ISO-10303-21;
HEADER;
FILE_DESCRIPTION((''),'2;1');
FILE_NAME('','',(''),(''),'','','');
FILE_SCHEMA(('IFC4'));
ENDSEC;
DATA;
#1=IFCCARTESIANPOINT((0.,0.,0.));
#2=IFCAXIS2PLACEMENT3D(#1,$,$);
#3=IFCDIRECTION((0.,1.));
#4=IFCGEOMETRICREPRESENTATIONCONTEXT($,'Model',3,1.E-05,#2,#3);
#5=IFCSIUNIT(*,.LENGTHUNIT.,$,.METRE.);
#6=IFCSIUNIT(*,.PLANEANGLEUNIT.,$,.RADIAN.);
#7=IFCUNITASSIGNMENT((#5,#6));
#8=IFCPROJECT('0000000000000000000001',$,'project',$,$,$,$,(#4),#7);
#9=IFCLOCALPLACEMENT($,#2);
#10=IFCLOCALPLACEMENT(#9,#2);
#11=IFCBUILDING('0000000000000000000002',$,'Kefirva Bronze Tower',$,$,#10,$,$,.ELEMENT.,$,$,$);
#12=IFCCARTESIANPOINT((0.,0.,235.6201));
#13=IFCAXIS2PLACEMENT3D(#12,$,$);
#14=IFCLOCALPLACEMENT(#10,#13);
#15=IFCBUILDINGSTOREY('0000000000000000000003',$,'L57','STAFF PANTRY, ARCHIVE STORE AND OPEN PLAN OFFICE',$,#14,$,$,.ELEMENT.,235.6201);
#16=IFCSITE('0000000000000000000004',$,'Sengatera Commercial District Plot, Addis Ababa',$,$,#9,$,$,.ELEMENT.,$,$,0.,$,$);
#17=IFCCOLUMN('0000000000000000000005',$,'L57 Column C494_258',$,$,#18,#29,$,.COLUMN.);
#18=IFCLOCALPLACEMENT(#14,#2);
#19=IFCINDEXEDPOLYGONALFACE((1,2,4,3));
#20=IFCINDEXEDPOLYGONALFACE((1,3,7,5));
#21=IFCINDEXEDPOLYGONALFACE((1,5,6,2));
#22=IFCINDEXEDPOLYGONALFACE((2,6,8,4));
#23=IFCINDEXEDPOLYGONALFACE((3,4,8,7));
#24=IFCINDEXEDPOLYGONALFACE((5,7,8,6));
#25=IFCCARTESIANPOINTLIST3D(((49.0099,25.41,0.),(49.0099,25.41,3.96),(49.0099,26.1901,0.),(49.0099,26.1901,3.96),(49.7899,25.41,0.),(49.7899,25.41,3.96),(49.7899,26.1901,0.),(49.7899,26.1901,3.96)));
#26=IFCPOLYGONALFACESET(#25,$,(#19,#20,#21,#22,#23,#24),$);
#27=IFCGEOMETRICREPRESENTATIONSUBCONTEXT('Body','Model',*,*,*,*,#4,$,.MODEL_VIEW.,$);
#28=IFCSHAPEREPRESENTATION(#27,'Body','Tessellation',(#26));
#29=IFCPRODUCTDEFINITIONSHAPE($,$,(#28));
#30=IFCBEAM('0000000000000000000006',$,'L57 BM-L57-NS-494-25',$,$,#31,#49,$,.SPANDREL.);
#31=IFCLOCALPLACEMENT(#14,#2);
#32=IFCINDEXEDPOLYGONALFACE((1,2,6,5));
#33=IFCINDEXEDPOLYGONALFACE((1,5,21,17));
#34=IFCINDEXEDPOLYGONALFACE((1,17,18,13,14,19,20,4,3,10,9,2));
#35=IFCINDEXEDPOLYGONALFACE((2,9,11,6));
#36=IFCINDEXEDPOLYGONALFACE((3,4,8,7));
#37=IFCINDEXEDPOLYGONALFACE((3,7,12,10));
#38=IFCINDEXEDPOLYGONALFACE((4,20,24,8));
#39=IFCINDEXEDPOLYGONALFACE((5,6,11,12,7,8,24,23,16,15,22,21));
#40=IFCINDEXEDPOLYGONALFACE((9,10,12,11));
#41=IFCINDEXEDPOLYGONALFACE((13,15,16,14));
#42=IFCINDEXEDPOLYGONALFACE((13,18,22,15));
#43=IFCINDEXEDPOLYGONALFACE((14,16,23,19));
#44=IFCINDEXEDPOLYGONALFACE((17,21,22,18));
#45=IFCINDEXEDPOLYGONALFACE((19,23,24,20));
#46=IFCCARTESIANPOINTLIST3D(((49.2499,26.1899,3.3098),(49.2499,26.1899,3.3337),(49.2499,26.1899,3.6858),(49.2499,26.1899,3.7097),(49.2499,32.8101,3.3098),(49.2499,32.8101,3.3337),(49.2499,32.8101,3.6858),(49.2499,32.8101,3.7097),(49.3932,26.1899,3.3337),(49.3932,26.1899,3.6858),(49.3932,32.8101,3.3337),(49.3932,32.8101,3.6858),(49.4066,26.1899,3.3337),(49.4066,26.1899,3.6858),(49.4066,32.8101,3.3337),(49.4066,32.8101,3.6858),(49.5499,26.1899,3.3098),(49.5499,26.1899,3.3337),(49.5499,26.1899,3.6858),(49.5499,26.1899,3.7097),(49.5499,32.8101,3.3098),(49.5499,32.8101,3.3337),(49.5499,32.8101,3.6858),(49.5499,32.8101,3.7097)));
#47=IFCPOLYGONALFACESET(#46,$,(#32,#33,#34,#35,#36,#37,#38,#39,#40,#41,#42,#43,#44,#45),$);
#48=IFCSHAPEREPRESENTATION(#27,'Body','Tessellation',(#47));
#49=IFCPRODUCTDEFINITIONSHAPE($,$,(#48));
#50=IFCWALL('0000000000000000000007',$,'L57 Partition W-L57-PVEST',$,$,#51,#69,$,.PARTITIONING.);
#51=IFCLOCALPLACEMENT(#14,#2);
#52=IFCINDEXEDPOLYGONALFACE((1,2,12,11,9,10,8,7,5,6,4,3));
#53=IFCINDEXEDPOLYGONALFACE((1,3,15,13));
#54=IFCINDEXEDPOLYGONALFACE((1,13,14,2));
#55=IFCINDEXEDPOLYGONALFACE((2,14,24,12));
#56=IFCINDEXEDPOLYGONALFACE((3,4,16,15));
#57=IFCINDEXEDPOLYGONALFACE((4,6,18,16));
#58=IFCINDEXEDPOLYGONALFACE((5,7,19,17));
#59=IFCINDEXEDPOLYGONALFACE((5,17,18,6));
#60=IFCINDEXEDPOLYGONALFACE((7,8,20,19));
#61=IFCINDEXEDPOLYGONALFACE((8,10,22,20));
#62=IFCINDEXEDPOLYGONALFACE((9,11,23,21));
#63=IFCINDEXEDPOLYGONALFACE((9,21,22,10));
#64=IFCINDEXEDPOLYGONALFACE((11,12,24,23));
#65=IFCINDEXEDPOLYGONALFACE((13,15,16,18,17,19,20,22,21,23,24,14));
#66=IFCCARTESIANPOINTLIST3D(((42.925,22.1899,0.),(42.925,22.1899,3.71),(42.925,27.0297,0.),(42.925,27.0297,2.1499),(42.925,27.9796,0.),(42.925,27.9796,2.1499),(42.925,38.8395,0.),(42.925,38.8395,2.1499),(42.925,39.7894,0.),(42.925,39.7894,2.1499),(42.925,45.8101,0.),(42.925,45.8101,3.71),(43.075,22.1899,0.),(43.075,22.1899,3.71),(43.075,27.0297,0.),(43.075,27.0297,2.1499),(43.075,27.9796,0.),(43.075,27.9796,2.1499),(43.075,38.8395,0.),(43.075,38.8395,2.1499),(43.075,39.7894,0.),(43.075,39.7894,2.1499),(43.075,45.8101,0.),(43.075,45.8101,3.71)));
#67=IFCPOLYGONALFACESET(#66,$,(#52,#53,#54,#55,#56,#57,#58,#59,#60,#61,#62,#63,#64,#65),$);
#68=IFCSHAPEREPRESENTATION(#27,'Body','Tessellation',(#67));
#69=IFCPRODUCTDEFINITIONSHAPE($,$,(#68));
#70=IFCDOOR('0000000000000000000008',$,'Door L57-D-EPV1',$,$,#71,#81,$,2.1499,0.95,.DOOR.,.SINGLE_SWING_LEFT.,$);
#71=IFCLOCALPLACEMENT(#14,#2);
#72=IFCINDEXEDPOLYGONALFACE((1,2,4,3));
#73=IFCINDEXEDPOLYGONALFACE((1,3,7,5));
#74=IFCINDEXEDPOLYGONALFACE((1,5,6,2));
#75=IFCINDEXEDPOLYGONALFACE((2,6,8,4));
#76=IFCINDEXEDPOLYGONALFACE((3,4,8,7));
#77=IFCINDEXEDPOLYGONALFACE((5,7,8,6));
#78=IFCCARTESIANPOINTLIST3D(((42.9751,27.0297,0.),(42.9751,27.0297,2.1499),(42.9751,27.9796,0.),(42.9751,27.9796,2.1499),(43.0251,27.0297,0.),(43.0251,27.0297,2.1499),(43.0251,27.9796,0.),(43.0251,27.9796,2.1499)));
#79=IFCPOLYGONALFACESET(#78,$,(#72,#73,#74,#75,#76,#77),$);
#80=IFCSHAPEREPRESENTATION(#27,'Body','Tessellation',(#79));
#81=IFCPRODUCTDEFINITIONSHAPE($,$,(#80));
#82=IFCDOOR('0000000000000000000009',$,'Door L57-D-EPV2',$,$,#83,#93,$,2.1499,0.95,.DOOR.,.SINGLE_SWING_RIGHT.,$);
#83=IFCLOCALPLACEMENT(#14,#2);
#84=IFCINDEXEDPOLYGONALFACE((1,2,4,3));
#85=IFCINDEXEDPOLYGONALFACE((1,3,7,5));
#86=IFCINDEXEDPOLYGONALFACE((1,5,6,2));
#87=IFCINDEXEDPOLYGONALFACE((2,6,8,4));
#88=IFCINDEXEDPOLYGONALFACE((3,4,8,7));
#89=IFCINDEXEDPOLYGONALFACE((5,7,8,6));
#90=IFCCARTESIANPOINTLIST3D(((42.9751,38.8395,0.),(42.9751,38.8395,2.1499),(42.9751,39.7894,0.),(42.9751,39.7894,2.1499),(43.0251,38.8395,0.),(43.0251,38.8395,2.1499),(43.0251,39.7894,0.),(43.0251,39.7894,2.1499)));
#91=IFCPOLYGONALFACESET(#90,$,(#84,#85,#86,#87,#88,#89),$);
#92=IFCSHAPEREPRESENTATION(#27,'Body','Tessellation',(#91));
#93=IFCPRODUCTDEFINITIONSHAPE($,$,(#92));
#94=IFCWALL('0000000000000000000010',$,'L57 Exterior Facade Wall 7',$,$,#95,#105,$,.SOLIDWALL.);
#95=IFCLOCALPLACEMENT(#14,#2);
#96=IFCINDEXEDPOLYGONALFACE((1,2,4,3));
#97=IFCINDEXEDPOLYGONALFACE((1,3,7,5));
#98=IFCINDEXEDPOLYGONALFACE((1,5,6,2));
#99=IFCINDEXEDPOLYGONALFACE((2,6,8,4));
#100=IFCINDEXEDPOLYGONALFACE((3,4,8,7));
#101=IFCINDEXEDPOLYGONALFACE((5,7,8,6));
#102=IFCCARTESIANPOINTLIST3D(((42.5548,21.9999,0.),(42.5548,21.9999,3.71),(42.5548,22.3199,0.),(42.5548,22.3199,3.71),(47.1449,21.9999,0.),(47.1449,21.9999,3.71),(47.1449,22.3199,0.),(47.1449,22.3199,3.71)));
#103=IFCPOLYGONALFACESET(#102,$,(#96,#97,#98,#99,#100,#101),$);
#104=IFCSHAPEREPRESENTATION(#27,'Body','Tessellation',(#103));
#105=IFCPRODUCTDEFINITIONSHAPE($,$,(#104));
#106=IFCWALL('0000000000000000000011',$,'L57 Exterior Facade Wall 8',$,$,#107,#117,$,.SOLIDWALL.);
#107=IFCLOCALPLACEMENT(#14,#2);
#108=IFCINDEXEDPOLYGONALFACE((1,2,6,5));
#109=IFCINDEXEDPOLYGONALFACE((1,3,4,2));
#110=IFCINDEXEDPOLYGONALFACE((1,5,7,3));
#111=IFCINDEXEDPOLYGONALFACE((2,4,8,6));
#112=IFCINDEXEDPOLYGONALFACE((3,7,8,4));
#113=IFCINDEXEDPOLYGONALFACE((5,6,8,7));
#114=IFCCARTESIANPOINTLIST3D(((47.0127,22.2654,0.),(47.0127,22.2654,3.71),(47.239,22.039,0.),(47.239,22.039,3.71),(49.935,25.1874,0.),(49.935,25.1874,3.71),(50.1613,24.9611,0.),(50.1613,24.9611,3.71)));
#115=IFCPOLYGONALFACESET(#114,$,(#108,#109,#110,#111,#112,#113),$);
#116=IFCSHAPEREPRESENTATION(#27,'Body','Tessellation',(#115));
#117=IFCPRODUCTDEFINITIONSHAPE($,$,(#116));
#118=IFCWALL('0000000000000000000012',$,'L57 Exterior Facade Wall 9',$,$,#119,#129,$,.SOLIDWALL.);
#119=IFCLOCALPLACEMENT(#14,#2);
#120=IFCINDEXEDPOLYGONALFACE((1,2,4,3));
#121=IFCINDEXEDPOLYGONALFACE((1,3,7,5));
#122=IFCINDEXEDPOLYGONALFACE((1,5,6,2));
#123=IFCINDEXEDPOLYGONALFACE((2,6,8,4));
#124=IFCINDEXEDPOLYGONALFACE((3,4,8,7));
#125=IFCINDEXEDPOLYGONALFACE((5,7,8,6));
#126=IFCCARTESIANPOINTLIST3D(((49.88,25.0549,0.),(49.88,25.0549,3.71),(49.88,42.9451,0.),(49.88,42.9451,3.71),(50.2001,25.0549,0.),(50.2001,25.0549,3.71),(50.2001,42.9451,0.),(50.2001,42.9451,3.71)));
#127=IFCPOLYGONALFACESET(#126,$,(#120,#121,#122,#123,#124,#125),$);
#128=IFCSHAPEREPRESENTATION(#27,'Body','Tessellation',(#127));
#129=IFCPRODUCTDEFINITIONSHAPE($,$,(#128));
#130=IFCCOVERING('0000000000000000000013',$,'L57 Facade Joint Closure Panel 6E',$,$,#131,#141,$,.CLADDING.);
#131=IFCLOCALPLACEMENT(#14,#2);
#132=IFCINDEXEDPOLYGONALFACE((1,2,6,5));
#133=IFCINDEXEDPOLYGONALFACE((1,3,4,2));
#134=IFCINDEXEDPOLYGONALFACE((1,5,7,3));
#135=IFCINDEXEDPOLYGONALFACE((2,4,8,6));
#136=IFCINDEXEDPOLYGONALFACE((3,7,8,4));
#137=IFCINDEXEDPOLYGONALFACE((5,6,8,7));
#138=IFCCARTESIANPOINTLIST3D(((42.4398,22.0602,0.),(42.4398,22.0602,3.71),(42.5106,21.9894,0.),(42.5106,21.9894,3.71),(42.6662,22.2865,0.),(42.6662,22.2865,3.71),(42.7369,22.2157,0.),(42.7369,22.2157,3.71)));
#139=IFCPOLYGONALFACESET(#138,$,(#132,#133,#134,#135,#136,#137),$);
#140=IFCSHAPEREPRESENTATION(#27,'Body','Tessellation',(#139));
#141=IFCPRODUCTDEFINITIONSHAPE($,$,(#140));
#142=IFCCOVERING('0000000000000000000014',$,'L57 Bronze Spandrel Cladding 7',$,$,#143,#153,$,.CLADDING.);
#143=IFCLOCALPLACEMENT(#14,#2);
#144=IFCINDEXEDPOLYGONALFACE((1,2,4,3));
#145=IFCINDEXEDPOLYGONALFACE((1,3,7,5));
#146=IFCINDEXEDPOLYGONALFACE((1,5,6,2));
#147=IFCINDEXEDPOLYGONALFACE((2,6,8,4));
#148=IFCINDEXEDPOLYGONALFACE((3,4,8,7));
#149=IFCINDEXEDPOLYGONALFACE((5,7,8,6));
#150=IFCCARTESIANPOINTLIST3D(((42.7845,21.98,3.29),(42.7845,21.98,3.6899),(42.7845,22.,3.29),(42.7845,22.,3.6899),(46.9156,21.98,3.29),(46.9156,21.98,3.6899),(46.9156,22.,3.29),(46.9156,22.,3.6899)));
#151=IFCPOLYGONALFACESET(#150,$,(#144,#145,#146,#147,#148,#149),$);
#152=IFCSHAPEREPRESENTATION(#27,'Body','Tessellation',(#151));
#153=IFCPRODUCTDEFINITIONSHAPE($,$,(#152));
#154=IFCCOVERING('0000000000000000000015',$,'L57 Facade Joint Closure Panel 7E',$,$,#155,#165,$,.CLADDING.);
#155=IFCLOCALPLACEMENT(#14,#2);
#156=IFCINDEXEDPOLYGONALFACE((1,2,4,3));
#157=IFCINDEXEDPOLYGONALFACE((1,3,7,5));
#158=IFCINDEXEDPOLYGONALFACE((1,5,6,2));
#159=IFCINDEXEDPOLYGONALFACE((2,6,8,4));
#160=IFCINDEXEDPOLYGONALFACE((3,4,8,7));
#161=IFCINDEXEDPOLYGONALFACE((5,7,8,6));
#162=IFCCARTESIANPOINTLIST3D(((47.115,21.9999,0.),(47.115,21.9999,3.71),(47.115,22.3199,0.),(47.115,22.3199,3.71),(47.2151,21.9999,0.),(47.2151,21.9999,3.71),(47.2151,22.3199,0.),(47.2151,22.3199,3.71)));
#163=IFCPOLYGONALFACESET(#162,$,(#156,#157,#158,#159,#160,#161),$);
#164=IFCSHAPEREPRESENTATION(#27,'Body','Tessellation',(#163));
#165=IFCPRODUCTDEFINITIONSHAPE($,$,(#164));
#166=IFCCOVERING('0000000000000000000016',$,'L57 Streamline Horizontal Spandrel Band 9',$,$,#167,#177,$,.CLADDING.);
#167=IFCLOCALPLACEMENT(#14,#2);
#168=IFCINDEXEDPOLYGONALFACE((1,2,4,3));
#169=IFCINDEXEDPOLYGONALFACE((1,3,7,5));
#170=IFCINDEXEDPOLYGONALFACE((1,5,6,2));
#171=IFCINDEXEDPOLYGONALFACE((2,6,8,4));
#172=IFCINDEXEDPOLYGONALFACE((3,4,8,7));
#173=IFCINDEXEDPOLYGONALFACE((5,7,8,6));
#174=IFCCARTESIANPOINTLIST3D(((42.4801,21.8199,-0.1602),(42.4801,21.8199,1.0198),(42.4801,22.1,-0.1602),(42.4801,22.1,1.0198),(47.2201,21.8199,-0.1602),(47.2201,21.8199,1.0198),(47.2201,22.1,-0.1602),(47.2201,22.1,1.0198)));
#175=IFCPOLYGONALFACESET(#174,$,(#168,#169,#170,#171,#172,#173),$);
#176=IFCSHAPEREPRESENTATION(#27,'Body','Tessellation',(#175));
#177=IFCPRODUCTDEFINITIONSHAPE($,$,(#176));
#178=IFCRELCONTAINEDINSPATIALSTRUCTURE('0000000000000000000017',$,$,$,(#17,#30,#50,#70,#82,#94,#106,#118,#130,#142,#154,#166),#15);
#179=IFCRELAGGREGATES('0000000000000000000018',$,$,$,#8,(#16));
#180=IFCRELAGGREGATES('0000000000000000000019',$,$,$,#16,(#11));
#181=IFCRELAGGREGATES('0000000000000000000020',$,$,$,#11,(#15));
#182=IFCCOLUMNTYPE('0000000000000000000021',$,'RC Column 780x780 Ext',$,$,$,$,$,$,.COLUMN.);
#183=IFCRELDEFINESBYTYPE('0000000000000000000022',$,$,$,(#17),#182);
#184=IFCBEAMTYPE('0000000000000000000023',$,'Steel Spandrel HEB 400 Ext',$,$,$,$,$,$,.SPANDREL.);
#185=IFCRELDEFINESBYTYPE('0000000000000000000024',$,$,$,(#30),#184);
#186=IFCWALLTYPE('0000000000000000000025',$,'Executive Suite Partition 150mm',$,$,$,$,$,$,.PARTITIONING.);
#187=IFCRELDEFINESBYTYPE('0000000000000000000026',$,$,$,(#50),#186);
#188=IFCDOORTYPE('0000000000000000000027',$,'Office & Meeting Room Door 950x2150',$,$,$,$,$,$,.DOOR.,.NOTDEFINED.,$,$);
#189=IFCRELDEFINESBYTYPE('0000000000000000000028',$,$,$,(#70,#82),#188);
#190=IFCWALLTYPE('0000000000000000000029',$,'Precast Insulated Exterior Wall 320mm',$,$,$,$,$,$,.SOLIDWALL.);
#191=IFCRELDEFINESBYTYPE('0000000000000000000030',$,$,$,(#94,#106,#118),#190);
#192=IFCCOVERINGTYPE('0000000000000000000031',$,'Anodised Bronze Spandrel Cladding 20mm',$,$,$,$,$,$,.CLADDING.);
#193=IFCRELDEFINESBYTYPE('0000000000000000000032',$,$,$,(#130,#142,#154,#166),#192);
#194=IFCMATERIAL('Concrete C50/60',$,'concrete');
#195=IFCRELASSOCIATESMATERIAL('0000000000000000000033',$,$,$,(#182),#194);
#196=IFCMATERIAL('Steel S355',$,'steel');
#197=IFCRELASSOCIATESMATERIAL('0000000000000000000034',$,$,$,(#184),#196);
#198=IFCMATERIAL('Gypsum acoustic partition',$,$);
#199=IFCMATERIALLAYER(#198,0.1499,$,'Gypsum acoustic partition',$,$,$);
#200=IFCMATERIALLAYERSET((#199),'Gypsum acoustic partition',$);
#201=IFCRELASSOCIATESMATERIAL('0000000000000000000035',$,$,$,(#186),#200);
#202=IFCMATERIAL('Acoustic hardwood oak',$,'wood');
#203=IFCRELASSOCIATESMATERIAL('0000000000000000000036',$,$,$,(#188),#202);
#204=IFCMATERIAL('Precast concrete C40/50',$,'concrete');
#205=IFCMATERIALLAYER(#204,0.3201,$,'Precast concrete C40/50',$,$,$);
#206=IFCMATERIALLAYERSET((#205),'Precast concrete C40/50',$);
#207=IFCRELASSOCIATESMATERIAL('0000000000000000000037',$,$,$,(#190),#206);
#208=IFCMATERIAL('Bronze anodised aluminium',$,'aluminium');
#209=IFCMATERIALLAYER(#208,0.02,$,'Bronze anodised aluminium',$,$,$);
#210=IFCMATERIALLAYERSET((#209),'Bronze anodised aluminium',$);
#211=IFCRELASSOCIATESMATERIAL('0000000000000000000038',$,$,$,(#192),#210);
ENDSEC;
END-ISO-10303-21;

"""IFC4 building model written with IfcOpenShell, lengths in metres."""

from ifc_helpers import new_model, si_unit, direction, frame, frame_2d, origin, origin_2d, place, context, subcontext, project, spatial, rectangle, i_section, extrude, material, layer, layer_set, material_profile, profile_set, type_object, element, fill, save


model = new_model("IFC4")

# Units and contexts
model_context = context("Model", 3, precision=1e-05, world=origin(), true_north=direction((0.0, 1.0)))
body_context = subcontext(model_context, "Body", "Model", "MODEL_VIEW")
ifc_project = project(units=[si_unit("LENGTHUNIT", "METRE"), si_unit("PLANEANGLEUNIT", "RADIAN")], contexts=[model_context])

# Site, building, storey
site_placement = place(None, origin())
site = spatial("IfcSite", under=ifc_project, at=site_placement, Name="Sengatera Commercial District Plot, Addis Ababa", CompositionType="ELEMENT", RefElevation=0.0)
building_placement = place(site_placement, origin())
building = spatial("IfcBuilding", under=site, at=building_placement, Name="Kefirva Bronze Tower", CompositionType="ELEMENT")
storey_placement = place(building_placement, frame((0.0, 0.0, 235.6201)))
storey = spatial("IfcBuildingStorey", under=building, at=storey_placement, Name="L57", Description="STAFF PANTRY, ARCHIVE STORE AND OPEN PLAN OFFICE", CompositionType="ELEMENT", Elevation=235.6201)

# Column
ifc_material_1 = material(Name="Concrete C50/60", Category="concrete")
ifc_material_profile_1 = material_profile(ifc_material_1, rectangle(XDim=0.78, YDim=0.78, at=origin_2d()), Name="RC 780x780")
ifc_profile_set_1 = profile_set([ifc_material_profile_1], Name="Concrete C50/60")
column_type = type_object("IfcColumnType", Name="RC Column 780x780 Ext", PredefinedType="COLUMN", material=ifc_profile_set_1)
column_placement = place(storey_placement, frame((49.3999, 25.8, 0.0), z_axis=(0.0, 0.0, 1.0), x_axis=(1.0, 0.0, 0.0)))
element("IfcColumn", 1, at=column_placement, inside=storey, type_object=column_type, Name="L57 Column C494_258", PredefinedType="COLUMN", context=body_context, shape_type="SweptSolid", body=[
    extrude(rectangle(XDim=0.78, YDim=0.78, at=origin_2d()), origin(), (0.0, 0.0, 1.0), 3.96),
])

# Beam
ifc_material_2 = material(Name="Steel S355", Category="steel")
ifc_material_profile_2 = material_profile(ifc_material_2, i_section(OverallWidth=0.3, OverallDepth=0.3999, WebThickness=0.0134, FlangeThickness=0.0239, at=origin_2d()), Name="HEB 400")
ifc_profile_set_2 = profile_set([ifc_material_profile_2], Name="Steel S355")
beam_type = type_object("IfcBeamType", Name="Steel Spandrel HEB 400 Ext", PredefinedType="SPANDREL", material=ifc_profile_set_2)
beam_placement = place(storey_placement, frame((49.3999, 26.1899, 3.5098), z_axis=(0.0, 1.0, 0.0), x_axis=(-1.0, 0.0, 0.0)))
element("IfcBeam", 2, at=beam_placement, inside=storey, type_object=beam_type, Name="L57 BM-L57-NS-494-25", PredefinedType="SPANDREL", context=body_context, shape_type="SweptSolid", body=[
    extrude(i_section(OverallWidth=0.3, OverallDepth=0.3999, WebThickness=0.0134, FlangeThickness=0.0239, at=origin_2d()), origin(), (0.0, 0.0, 1.0), 6.6201),
])

# Wall, openings, doors
ifc_material_3 = material(Name="Gypsum acoustic partition")
ifc_layer_1 = layer(ifc_material_3, 0.1499, Name="Gypsum acoustic partition")
ifc_layer_set_1 = layer_set([ifc_layer_1], Name="Gypsum acoustic partition")
wall_type_1 = type_object("IfcWallType", Name="Executive Suite Partition 150mm", PredefinedType="PARTITIONING", material=ifc_layer_set_1)
wall_1_placement = place(storey_placement, frame((43.0, 22.1899, 0.0), z_axis=(0.0, 0.0, 1.0), x_axis=(0.0, 1.0, 0.0)))
wall_1 = element("IfcWall", 3, at=wall_1_placement, inside=storey, type_object=wall_type_1, Name="L57 Partition W-L57-PVEST", PredefinedType="PARTITIONING", context=body_context, shape_type="SweptSolid", body=[
    extrude(rectangle(XDim=23.6201, YDim=0.1499, at=frame_2d((11.8101, 0.0))), origin(), (0.0, 0.0, 1.0), 3.71),
])
opening_1_placement = place(wall_1_placement, frame((4.8396, 0.0, 0.0)))
opening_1 = element("IfcOpeningElement", 4, at=opening_1_placement, cuts=wall_1, PredefinedType="OPENING", context=body_context, shape_type="SweptSolid", body=[
    extrude(rectangle(XDim=0.95, YDim=2.1499, at=frame_2d((0.4751, 1.075))), frame((0.0, 0.085, 0.0), z_axis=(0.0, -1.0, 0.0), x_axis=(1.0, 0.0, 0.0)), (0.0, 0.0, 1.0), 0.1699),
])
opening_2_placement = place(wall_1_placement, frame((16.6494, 0.0, 0.0)))
opening_2 = element("IfcOpeningElement", 5, at=opening_2_placement, cuts=wall_1, PredefinedType="OPENING", context=body_context, shape_type="SweptSolid", body=[
    extrude(rectangle(XDim=0.95, YDim=2.1499, at=frame_2d((0.4751, 1.075))), frame((0.0, 0.085, 0.0), z_axis=(0.0, -1.0, 0.0), x_axis=(1.0, 0.0, 0.0)), (0.0, 0.0, 1.0), 0.1699),
])
ifc_material_4 = material(Name="Acoustic hardwood oak", Category="wood")
door_type = type_object("IfcDoorType", Name="Office & Meeting Room Door 950x2150", OperationType="NOTDEFINED", PredefinedType="DOOR", material=ifc_material_4)
door_1_placement = place(opening_1_placement, origin())
door_1 = element("IfcDoor", 6, at=door_1_placement, inside=storey, type_object=door_type, Name="Door L57-D-EPV1", OperationType="SINGLE_SWING_LEFT", OverallHeight=2.1499, OverallWidth=0.95, PredefinedType="DOOR", context=body_context, shape_type="SweptSolid", body=[
    extrude(rectangle(XDim=0.95, YDim=2.1499, at=frame_2d((0.4751, 1.075))), frame((0.0, 0.0249, 0.0), z_axis=(0.0, -1.0, 0.0), x_axis=(1.0, 0.0, 0.0)), (0.0, 0.0, 1.0), 0.05),
])
fill(opening_1, door_1)
door_2_placement = place(opening_2_placement, origin())
door_2 = element("IfcDoor", 7, at=door_2_placement, inside=storey, type_object=door_type, Name="Door L57-D-EPV2", OperationType="SINGLE_SWING_RIGHT", OverallHeight=2.1499, OverallWidth=0.95, PredefinedType="DOOR", context=body_context, shape_type="SweptSolid", body=[
    extrude(rectangle(XDim=0.95, YDim=2.1499, at=frame_2d((0.4751, 1.075))), frame((0.0, 0.0249, 0.0), z_axis=(0.0, -1.0, 0.0), x_axis=(1.0, 0.0, 0.0)), (0.0, 0.0, 1.0), 0.05),
])
fill(opening_2, door_2)

# Walls
ifc_material_5 = material(Name="Precast concrete C40/50", Category="concrete")
ifc_layer_2 = layer(ifc_material_5, 0.3201, Name="Precast concrete C40/50")
ifc_layer_set_2 = layer_set([ifc_layer_2], Name="Precast concrete C40/50")
wall_type_2 = type_object("IfcWallType", Name="Precast Insulated Exterior Wall 320mm", PredefinedType="SOLIDWALL", material=ifc_layer_set_2)
wall_2_placement = place(storey_placement, frame((42.5549, 22.1599, 0.0), z_axis=(0.0, 0.0, 1.0), x_axis=(1.0, 0.0, 0.0)))
element("IfcWall", 8, at=wall_2_placement, inside=storey, type_object=wall_type_2, Name="L57 Exterior Facade Wall 7", PredefinedType="SOLIDWALL", context=body_context, shape_type="SweptSolid", body=[
    extrude(rectangle(XDim=4.5901, YDim=0.3201, at=frame_2d((2.2949, 0.0))), origin(), (0.0, 0.0, 1.0), 3.71),
])
wall_3_placement = place(storey_placement, frame((47.1257, 22.1521, 0.0), z_axis=(0.0, 0.0, 1.0), x_axis=(0.707136, 0.707077, 0.0)))
element("IfcWall", 9, at=wall_3_placement, inside=storey, type_object=wall_type_2, Name="L57 Exterior Facade Wall 8", PredefinedType="SOLIDWALL", context=body_context, shape_type="SweptSolid", body=[
    extrude(rectangle(XDim=4.1326, YDim=0.3201, at=frame_2d((2.0664, 0.0))), origin(), (0.0, 0.0, 1.0), 3.71),
])
wall_4_placement = place(storey_placement, frame((50.04, 25.0549, 0.0), z_axis=(0.0, 0.0, 1.0), x_axis=(0.0, 1.0, 0.0)))
element("IfcWall", 10, at=wall_4_placement, inside=storey, type_object=wall_type_2, Name="L57 Exterior Facade Wall 9", PredefinedType="SOLIDWALL", context=body_context, shape_type="SweptSolid", body=[
    extrude(rectangle(XDim=17.8901, YDim=0.3201, at=frame_2d((8.9451, 0.0))), origin(), (0.0, 0.0, 1.0), 3.71),
])

# Coverings
ifc_material_6 = material(Name="Bronze anodised aluminium", Category="aluminium")
ifc_layer_3 = layer(ifc_material_6, 0.02, Name="Bronze anodised aluminium")
ifc_layer_set_3 = layer_set([ifc_layer_3], Name="Bronze anodised aluminium")
covering_type_1 = type_object("IfcCoveringType", Name="Anodised Bronze Spandrel Cladding 20mm", PredefinedType="CLADDING", material=ifc_layer_set_3)
covering_1_placement = place(storey_placement, frame((42.5884, 22.1379, 0.0), z_axis=(0.0, 0.0, 1.0), x_axis=(0.707107, -0.707107, 0.0)))
element("IfcCovering", 11, at=covering_1_placement, inside=storey, type_object=covering_type_1, Name="L57 Facade Joint Closure Panel 6E", PredefinedType="CLADDING", context=body_context, shape_type="SweptSolid", body=[
    extrude(rectangle(XDim=0.1001, YDim=0.3201, at=origin_2d()), origin(), (0.0, 0.0, 1.0), 3.71),
])
covering_2_placement = place(storey_placement, frame((44.8501, 21.99, 3.29), z_axis=(0.0, 0.0, 1.0), x_axis=(1.0, 0.0, 0.0)))
element("IfcCovering", 12, at=covering_2_placement, inside=storey, type_object=covering_type_1, Name="L57 Bronze Spandrel Cladding 7", PredefinedType="CLADDING", context=body_context, shape_type="SweptSolid", body=[
    extrude(rectangle(XDim=4.1311, YDim=0.02, at=origin_2d()), origin(), (0.0, 0.0, 1.0), 0.3999),
])
covering_3_placement = place(storey_placement, frame((47.165, 22.1599, 0.0), z_axis=(0.0, 0.0, 1.0), x_axis=(1.0, 0.0, 0.0)))
element("IfcCovering", 13, at=covering_3_placement, inside=storey, type_object=covering_type_1, Name="L57 Facade Joint Closure Panel 7E", PredefinedType="CLADDING", context=body_context, shape_type="SweptSolid", body=[
    extrude(rectangle(XDim=0.1001, YDim=0.3201, at=origin_2d()), origin(), (0.0, 0.0, 1.0), 3.71),
])
covering_4_placement = place(storey_placement, frame((44.8501, 21.96, -0.1602), z_axis=(0.0, 0.0, 1.0), x_axis=(1.0, 0.0, 0.0)))
element("IfcCovering", 14, at=covering_4_placement, inside=storey, type_object=covering_type_1, Name="L57 Streamline Horizontal Spandrel Band 9", PredefinedType="CLADDING", context=body_context, shape_type="SweptSolid", body=[
    extrude(rectangle(XDim=4.74, YDim=0.28, at=origin_2d()), origin(), (0.0, 0.0, 1.0), 1.1799),
])

save(model, "model.ifc")
